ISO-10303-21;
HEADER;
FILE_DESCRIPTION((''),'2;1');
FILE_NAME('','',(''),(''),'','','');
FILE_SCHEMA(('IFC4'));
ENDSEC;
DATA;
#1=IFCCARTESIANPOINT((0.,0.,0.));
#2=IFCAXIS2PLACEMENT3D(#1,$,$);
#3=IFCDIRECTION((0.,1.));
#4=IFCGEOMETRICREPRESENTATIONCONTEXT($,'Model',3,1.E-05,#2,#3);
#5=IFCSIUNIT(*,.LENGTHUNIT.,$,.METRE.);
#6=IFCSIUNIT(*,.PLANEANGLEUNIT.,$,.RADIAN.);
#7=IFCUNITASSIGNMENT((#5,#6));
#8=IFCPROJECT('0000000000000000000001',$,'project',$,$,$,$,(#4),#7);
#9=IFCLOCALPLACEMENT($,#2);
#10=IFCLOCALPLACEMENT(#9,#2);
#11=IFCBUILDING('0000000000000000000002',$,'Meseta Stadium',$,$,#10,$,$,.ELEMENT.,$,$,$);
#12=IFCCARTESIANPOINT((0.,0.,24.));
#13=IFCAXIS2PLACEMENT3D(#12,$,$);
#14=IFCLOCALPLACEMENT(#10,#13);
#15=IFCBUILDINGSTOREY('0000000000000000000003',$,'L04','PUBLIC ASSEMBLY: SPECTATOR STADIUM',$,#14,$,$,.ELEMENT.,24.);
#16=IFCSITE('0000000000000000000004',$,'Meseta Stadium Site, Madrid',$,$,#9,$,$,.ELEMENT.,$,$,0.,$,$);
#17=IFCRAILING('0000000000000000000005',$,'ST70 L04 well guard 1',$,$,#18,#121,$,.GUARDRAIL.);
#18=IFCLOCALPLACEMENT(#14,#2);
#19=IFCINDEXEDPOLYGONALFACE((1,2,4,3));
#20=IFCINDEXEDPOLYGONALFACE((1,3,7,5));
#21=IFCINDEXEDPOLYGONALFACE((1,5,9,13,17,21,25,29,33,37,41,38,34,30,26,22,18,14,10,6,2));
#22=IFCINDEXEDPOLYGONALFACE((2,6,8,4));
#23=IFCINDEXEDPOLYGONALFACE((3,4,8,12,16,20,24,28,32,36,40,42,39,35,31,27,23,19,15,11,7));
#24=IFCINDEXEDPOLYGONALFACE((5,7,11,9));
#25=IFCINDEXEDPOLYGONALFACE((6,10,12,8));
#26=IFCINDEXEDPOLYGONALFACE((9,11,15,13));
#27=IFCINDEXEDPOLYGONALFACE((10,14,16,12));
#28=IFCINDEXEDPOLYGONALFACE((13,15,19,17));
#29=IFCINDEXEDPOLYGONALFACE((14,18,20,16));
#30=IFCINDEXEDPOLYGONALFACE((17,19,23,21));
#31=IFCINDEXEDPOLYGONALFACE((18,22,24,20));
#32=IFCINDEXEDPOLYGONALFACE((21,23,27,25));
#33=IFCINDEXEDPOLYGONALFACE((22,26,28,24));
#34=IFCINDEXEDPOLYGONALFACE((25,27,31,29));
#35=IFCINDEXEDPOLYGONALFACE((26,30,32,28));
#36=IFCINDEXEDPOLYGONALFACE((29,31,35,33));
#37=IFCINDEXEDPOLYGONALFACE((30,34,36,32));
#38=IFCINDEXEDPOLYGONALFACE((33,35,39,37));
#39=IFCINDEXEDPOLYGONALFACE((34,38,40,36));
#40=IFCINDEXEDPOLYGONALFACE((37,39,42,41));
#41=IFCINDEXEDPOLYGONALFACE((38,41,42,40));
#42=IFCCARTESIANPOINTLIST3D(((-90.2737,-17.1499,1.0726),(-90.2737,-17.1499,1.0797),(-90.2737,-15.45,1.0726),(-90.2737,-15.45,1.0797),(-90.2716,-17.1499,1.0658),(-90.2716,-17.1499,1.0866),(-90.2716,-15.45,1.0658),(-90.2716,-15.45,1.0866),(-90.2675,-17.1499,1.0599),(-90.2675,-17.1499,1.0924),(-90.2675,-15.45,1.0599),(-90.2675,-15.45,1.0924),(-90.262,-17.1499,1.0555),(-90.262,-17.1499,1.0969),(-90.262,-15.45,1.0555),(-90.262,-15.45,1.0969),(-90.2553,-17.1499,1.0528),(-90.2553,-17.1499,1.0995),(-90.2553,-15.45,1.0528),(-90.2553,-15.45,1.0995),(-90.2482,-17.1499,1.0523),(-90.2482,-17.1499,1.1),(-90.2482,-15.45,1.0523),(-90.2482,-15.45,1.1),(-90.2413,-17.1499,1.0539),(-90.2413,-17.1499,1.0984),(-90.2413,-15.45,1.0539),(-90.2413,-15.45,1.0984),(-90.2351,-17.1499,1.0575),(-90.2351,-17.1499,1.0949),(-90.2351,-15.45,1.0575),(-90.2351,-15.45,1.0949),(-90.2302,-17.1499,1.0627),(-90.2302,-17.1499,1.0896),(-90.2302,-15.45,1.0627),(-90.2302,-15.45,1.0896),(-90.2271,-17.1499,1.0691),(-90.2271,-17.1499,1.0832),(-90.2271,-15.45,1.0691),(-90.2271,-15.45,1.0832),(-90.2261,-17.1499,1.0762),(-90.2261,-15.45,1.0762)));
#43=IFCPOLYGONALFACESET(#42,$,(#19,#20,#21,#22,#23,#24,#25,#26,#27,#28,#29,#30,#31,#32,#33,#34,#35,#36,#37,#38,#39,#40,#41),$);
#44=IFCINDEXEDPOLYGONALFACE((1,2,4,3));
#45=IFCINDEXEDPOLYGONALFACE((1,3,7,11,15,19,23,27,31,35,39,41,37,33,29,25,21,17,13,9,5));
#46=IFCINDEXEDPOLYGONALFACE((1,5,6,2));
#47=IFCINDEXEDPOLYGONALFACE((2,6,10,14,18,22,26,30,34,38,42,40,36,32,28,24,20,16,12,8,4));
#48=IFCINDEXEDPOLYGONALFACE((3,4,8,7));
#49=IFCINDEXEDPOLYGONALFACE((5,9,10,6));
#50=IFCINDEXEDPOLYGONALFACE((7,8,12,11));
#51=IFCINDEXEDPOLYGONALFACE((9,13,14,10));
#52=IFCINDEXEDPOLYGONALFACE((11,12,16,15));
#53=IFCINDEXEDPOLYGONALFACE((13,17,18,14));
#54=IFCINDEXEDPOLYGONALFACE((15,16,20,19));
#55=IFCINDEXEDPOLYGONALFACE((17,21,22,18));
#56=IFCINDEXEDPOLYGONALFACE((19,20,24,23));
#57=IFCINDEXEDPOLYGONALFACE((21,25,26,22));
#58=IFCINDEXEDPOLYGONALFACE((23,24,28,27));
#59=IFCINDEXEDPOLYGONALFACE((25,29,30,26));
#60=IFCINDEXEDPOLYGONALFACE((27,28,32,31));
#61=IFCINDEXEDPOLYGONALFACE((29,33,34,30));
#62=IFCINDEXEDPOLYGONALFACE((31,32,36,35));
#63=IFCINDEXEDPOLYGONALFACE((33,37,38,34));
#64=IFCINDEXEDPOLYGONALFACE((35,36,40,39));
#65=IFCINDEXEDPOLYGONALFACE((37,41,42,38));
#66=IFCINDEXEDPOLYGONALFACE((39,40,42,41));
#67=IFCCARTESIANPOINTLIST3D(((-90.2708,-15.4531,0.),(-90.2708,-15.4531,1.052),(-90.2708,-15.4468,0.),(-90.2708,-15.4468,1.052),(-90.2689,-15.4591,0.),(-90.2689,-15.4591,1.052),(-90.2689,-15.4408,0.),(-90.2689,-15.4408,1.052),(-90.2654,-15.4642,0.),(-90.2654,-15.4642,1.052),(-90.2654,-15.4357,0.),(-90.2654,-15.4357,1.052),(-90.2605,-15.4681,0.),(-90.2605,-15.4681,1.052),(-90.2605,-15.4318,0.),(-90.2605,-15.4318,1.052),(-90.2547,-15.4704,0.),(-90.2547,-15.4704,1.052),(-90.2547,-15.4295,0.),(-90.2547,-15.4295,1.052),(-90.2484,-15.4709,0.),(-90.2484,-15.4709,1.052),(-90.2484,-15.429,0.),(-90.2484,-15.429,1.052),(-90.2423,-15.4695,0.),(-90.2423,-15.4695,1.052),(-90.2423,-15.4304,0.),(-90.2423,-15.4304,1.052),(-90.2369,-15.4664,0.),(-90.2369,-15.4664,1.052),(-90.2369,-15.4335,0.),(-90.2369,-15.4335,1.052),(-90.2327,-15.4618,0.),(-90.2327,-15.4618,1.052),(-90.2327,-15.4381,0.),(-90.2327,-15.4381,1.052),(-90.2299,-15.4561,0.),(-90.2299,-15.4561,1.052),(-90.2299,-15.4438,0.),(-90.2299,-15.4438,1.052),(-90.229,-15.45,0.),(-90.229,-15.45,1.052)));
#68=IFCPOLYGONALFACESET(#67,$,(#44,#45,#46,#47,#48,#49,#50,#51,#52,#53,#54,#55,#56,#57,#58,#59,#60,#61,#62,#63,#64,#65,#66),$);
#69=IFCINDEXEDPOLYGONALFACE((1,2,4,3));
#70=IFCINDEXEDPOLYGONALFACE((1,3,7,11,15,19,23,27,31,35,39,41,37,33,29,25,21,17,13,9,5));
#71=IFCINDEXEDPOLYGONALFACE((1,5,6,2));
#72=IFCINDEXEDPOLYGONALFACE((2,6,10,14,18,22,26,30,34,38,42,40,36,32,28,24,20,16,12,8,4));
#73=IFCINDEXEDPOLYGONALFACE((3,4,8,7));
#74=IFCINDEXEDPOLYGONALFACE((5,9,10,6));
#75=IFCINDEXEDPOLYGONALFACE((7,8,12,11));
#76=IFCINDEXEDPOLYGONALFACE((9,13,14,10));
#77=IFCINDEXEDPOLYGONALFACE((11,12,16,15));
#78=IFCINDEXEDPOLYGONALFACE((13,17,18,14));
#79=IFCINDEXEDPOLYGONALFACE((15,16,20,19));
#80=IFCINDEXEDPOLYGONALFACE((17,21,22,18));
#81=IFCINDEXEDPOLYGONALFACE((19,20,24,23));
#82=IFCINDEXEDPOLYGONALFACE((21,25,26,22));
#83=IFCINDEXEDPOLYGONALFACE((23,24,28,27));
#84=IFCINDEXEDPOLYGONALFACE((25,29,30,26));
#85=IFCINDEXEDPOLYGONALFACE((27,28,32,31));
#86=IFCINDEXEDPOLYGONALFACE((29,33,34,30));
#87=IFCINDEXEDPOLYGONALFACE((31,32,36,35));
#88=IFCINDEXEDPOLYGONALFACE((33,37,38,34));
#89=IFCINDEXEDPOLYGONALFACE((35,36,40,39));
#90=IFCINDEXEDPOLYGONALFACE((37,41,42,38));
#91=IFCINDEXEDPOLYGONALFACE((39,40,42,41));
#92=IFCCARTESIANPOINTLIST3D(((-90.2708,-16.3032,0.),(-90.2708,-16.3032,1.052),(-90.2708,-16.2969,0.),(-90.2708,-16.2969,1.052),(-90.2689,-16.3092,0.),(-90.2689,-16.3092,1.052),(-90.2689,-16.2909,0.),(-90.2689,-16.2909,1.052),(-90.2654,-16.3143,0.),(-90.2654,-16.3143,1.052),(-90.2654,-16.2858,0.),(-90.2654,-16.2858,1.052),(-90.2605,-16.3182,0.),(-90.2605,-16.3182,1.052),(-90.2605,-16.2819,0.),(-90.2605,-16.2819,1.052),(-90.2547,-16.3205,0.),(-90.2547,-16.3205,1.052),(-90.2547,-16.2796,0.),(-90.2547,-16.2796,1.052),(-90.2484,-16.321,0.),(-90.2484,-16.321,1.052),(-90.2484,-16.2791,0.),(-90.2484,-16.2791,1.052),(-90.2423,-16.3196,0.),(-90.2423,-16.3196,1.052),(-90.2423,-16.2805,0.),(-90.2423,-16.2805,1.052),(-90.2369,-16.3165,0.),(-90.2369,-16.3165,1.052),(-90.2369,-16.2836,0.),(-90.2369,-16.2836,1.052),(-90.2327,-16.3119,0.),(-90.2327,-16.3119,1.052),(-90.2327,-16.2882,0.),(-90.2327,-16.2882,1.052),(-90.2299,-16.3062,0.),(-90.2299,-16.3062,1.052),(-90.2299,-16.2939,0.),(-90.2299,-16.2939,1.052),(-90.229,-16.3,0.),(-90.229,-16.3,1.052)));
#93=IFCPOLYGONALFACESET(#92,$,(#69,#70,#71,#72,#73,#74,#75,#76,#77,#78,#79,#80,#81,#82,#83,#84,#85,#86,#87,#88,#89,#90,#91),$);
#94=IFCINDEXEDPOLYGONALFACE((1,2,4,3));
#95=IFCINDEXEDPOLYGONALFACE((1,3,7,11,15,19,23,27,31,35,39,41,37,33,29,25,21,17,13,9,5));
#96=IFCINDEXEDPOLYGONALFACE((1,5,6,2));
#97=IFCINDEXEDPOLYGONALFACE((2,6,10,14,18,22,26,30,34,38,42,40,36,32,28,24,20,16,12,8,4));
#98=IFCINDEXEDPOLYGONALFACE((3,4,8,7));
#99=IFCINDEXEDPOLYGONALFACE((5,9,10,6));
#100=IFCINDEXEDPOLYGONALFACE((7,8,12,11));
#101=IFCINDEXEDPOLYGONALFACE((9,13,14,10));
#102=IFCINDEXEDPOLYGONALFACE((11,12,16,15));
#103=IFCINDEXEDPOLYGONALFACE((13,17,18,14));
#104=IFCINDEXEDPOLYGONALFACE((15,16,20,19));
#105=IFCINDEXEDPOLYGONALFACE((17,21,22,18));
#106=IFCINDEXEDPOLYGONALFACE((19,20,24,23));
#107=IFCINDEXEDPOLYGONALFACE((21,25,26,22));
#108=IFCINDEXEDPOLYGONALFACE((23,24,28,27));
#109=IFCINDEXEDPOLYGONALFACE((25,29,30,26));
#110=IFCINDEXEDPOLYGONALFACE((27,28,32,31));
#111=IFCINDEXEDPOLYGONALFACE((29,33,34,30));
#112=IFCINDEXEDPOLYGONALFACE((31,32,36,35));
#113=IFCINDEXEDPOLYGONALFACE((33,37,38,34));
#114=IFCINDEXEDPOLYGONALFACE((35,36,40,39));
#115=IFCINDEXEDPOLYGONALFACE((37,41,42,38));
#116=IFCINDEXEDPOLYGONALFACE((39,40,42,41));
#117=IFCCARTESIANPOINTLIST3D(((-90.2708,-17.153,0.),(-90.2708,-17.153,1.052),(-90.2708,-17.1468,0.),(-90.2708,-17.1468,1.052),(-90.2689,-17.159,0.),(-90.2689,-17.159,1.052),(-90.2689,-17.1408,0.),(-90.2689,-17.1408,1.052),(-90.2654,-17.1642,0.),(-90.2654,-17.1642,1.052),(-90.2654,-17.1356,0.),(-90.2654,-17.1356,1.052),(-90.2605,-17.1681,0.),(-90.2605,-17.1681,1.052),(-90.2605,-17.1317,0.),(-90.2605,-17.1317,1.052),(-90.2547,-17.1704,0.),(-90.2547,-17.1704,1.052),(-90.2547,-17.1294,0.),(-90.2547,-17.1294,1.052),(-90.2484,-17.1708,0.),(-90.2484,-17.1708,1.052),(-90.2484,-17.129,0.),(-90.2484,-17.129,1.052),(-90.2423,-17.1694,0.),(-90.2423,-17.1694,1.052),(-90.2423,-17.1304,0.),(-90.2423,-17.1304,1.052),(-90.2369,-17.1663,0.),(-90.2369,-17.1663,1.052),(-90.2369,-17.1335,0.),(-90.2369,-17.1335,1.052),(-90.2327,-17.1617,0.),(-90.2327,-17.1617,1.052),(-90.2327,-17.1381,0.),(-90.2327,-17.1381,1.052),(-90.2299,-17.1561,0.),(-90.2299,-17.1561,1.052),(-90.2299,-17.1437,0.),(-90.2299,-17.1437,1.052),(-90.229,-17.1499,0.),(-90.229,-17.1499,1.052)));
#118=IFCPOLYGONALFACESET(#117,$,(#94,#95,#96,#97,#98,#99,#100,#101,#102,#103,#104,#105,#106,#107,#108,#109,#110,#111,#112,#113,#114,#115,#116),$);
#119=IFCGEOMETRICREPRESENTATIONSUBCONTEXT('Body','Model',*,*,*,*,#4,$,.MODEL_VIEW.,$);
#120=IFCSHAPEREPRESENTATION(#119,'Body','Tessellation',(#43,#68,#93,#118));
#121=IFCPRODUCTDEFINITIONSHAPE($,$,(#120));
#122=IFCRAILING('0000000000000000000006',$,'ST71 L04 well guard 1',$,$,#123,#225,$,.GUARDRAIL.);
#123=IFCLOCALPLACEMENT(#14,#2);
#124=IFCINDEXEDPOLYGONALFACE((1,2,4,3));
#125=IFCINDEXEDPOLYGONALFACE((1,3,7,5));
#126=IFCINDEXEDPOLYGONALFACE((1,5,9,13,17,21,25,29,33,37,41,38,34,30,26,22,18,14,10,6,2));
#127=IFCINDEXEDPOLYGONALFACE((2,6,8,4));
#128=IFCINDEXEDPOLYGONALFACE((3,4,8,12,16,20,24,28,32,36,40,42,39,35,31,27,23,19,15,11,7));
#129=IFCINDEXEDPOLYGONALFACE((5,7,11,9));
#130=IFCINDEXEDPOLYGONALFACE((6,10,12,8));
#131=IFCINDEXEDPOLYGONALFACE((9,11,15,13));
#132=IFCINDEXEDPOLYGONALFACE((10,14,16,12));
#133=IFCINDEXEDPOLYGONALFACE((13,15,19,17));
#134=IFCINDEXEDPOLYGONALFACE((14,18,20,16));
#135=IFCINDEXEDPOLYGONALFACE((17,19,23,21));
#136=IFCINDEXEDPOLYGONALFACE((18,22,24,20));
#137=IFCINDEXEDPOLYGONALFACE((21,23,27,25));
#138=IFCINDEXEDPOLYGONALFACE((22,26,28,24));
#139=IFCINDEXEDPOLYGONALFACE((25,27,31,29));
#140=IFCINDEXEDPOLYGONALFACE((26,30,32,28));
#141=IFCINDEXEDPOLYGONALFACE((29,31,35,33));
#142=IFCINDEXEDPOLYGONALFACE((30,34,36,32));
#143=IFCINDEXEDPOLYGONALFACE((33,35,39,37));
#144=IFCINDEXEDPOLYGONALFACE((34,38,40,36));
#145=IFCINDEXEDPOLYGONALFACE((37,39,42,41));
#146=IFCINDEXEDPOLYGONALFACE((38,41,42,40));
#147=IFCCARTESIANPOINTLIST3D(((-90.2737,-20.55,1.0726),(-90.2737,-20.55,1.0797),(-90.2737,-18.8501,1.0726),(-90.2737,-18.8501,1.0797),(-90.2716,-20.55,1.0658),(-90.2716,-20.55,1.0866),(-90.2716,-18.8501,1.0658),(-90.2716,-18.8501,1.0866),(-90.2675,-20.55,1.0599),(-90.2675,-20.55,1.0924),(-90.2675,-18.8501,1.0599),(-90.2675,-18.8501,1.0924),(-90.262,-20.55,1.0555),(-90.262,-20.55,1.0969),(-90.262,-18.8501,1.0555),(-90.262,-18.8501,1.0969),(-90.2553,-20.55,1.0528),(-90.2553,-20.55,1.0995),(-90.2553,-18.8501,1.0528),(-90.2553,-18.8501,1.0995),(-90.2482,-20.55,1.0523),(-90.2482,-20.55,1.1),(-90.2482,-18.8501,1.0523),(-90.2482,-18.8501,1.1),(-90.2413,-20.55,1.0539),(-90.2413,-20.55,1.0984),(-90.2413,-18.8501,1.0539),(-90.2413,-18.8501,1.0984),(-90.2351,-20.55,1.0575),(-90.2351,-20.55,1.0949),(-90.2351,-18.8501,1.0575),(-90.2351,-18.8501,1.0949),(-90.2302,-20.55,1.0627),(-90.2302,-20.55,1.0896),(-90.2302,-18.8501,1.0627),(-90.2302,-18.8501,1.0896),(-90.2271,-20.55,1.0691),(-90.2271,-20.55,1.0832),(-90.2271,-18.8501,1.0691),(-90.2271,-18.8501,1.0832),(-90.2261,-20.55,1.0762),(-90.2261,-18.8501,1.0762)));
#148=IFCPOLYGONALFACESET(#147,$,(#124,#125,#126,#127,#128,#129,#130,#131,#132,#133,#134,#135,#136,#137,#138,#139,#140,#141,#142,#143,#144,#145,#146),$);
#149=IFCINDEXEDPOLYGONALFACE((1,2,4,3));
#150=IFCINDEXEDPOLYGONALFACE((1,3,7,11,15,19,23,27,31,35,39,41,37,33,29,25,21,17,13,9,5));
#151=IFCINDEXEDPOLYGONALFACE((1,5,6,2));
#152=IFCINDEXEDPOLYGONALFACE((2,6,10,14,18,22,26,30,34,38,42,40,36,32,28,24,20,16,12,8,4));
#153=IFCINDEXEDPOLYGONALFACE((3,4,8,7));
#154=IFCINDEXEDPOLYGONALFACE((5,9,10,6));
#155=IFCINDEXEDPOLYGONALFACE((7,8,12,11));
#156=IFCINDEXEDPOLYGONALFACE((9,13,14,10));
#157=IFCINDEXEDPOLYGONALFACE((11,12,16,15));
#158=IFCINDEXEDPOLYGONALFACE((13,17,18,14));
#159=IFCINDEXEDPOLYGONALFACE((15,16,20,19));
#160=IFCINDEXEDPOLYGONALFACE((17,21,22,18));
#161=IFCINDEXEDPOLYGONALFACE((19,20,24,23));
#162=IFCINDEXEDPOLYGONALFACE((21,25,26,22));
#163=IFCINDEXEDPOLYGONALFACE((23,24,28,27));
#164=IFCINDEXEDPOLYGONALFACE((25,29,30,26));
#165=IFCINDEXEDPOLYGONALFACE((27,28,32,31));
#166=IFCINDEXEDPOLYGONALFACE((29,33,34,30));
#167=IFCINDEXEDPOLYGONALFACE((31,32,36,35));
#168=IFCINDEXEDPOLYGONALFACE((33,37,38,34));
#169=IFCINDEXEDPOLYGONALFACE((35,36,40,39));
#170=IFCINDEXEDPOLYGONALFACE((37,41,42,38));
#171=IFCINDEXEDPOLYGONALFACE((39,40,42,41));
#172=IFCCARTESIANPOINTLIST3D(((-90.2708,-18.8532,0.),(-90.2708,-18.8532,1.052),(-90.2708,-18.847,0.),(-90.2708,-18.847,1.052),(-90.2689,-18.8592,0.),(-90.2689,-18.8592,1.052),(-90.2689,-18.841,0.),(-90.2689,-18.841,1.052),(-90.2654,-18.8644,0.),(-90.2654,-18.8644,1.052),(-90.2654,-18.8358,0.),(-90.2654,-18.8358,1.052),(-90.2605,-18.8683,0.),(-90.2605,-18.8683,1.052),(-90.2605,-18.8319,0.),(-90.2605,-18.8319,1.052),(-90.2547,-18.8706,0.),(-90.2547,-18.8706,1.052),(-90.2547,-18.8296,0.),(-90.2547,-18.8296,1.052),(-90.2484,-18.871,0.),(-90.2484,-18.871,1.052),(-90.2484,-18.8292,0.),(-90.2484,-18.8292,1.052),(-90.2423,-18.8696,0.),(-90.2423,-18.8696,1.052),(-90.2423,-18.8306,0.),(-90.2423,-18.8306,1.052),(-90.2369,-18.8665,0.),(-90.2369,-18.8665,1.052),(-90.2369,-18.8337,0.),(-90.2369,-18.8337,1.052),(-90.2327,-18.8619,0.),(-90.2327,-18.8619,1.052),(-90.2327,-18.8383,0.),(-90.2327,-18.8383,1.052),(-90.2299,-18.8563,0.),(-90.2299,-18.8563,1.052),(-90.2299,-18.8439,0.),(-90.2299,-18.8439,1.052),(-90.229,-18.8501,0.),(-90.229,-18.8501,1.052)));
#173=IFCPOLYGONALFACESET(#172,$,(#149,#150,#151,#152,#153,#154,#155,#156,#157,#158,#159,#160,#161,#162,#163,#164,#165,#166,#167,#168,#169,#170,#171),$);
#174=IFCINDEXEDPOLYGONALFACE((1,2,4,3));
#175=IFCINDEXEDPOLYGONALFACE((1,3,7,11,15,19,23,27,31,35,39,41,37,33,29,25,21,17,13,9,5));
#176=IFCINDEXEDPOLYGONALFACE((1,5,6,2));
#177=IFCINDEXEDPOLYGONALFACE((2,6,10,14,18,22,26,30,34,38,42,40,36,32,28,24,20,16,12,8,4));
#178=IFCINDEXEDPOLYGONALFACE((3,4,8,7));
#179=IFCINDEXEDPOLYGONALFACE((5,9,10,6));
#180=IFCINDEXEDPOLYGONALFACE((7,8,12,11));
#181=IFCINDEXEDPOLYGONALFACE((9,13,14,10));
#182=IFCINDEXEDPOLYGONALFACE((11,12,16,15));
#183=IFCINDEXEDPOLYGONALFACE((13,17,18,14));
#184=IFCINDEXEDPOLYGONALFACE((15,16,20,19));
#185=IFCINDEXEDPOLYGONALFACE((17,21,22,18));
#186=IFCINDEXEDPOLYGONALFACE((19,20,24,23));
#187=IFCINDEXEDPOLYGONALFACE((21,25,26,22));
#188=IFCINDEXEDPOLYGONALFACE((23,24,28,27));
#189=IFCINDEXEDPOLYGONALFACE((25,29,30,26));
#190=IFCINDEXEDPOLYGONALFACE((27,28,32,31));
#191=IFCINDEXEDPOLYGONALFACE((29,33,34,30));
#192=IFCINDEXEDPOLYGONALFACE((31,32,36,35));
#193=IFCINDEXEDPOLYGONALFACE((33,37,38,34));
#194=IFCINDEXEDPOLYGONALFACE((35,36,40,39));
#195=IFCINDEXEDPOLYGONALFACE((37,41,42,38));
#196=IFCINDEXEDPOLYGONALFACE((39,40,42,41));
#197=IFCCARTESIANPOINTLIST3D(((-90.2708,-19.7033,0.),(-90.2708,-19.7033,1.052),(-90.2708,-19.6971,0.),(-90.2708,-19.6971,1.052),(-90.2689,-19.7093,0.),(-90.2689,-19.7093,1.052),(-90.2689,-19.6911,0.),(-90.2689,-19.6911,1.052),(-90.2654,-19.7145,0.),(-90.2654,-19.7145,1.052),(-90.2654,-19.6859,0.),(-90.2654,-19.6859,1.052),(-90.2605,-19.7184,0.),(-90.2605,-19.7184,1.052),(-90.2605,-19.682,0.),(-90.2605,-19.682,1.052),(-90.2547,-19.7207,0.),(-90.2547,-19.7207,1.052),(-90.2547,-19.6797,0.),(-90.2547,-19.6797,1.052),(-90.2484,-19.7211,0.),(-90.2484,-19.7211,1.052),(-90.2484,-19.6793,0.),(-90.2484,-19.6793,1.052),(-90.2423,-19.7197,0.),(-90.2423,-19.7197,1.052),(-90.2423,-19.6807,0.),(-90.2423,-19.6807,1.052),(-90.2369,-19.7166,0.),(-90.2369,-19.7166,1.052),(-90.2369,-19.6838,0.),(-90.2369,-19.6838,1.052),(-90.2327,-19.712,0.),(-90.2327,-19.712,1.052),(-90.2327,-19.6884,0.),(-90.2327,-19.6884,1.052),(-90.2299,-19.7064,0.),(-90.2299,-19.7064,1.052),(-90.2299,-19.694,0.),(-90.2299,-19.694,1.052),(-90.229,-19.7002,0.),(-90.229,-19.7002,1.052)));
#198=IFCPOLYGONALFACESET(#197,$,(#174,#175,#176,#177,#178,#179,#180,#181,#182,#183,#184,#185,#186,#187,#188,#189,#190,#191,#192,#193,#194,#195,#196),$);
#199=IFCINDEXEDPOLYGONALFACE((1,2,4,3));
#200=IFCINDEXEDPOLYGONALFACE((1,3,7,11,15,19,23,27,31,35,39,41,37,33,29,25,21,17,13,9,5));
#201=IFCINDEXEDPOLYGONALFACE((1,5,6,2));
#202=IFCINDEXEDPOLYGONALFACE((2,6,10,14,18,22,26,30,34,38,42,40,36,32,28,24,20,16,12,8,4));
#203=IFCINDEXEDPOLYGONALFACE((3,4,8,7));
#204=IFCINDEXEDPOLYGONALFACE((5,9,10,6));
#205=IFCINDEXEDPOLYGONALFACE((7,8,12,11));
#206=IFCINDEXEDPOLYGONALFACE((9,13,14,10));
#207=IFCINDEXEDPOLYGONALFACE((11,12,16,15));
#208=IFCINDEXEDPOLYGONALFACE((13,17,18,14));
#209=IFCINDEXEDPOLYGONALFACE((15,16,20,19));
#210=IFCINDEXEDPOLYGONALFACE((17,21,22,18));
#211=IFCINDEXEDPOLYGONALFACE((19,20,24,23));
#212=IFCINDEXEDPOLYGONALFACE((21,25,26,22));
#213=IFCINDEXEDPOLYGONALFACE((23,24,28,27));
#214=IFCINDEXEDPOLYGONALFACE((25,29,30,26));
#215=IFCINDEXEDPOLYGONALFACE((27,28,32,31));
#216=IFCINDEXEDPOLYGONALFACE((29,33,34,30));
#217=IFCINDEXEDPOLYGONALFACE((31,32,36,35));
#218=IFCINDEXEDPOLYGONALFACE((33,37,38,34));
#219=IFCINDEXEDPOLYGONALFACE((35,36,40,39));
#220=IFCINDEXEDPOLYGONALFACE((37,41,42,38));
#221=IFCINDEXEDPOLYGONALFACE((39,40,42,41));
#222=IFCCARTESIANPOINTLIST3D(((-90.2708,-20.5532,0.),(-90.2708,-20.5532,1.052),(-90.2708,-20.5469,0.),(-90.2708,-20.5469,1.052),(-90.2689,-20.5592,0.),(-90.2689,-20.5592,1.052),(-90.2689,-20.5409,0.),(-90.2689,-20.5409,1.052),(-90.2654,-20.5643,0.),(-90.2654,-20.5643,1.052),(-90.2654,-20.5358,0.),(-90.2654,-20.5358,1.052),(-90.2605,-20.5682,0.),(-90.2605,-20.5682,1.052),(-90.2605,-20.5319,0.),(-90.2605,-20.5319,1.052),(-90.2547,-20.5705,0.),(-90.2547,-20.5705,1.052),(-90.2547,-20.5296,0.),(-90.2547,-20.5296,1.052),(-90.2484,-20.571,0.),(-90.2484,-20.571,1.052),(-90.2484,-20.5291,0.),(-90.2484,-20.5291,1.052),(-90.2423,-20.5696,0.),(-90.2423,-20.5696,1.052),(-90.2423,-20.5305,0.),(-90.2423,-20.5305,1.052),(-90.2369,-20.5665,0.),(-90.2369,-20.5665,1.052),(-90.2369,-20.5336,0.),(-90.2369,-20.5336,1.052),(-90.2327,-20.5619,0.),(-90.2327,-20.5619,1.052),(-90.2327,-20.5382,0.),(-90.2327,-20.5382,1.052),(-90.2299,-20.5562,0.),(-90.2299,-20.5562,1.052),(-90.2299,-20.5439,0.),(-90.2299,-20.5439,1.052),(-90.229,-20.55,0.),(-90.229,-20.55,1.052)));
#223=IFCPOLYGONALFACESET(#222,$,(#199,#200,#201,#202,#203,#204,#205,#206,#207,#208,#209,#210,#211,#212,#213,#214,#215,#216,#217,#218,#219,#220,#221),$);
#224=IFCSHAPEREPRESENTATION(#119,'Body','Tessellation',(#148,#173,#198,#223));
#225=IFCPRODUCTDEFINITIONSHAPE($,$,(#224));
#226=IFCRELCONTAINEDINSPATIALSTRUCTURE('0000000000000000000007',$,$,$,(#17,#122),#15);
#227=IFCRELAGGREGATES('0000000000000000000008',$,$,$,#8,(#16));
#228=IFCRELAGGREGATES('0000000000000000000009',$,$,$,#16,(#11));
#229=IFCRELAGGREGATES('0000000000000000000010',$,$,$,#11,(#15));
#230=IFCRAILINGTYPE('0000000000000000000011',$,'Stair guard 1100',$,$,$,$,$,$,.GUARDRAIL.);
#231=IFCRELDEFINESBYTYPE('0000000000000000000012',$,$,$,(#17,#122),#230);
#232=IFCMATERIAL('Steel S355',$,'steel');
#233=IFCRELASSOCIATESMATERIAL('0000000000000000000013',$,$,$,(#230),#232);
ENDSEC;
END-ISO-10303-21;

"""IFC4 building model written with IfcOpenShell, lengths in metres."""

from ifc_helpers import new_model, si_unit, direction, frame, origin, origin_2d, place, context, subcontext, project, spatial, circle, extrude, material, type_object, element, save


model = new_model("IFC4")

# Units and contexts
model_context = context("Model", 3, precision=1e-05, world=origin(), true_north=direction((0.0, 1.0)))
body_context = subcontext(model_context, "Body", "Model", "MODEL_VIEW")
ifc_project = project(units=[si_unit("LENGTHUNIT", "METRE"), si_unit("PLANEANGLEUNIT", "RADIAN")], contexts=[model_context])

# Site, building, storey
site_placement = place(None, origin())
site = spatial("IfcSite", under=ifc_project, at=site_placement, Name="Meseta Stadium Site, Madrid", CompositionType="ELEMENT", RefElevation=0.0)
building_placement = place(site_placement, origin())
building = spatial("IfcBuilding", under=site, at=building_placement, Name="Meseta Stadium", CompositionType="ELEMENT")
storey_placement = place(building_placement, frame((0.0, 0.0, 24.0)))
storey = spatial("IfcBuildingStorey", under=building, at=storey_placement, Name="L04", Description="PUBLIC ASSEMBLY: SPECTATOR STADIUM", CompositionType="ELEMENT", Elevation=24.0)

# Railings
ifc_material_1 = material(Name="Steel S355", Category="steel")
railing_type = type_object("IfcRailingType", Name="Stair guard 1100", PredefinedType="GUARDRAIL", material=ifc_material_1)
for number, where, name in (
    (1, (-90.25, -15.45, 0.0), "ST70 L04 well guard 1"),
    (2, (-90.25, -18.8501, 0.0), "ST71 L04 well guard 1"),
):
    element("IfcRailing", number, at=place(storey_placement, frame(where)), inside=storey, type_object=railing_type, Name=name, PredefinedType="GUARDRAIL", context=body_context, shape_type="SweptSolid", body=[
        extrude(circle(Radius=0.0239, at=origin_2d()), frame((0.0, 0.0, 1.0762), z_axis=(0.0, -1.0, 0.0), x_axis=(1.0, 0.0, 0.0)), (0.0, 0.0, 1.0), 1.7),
        extrude(circle(Radius=0.021, at=origin_2d()), origin(), (0.0, 0.0, 1.0), 1.052),
        extrude(circle(Radius=0.021, at=origin_2d()), frame((0.0, -0.8501, 0.0)), (0.0, 0.0, 1.0), 1.052),
        extrude(circle(Radius=0.021, at=origin_2d()), frame((0.0, -1.7, 0.0)), (0.0, 0.0, 1.0), 1.052),
    ])

save(model, "model.ifc")
